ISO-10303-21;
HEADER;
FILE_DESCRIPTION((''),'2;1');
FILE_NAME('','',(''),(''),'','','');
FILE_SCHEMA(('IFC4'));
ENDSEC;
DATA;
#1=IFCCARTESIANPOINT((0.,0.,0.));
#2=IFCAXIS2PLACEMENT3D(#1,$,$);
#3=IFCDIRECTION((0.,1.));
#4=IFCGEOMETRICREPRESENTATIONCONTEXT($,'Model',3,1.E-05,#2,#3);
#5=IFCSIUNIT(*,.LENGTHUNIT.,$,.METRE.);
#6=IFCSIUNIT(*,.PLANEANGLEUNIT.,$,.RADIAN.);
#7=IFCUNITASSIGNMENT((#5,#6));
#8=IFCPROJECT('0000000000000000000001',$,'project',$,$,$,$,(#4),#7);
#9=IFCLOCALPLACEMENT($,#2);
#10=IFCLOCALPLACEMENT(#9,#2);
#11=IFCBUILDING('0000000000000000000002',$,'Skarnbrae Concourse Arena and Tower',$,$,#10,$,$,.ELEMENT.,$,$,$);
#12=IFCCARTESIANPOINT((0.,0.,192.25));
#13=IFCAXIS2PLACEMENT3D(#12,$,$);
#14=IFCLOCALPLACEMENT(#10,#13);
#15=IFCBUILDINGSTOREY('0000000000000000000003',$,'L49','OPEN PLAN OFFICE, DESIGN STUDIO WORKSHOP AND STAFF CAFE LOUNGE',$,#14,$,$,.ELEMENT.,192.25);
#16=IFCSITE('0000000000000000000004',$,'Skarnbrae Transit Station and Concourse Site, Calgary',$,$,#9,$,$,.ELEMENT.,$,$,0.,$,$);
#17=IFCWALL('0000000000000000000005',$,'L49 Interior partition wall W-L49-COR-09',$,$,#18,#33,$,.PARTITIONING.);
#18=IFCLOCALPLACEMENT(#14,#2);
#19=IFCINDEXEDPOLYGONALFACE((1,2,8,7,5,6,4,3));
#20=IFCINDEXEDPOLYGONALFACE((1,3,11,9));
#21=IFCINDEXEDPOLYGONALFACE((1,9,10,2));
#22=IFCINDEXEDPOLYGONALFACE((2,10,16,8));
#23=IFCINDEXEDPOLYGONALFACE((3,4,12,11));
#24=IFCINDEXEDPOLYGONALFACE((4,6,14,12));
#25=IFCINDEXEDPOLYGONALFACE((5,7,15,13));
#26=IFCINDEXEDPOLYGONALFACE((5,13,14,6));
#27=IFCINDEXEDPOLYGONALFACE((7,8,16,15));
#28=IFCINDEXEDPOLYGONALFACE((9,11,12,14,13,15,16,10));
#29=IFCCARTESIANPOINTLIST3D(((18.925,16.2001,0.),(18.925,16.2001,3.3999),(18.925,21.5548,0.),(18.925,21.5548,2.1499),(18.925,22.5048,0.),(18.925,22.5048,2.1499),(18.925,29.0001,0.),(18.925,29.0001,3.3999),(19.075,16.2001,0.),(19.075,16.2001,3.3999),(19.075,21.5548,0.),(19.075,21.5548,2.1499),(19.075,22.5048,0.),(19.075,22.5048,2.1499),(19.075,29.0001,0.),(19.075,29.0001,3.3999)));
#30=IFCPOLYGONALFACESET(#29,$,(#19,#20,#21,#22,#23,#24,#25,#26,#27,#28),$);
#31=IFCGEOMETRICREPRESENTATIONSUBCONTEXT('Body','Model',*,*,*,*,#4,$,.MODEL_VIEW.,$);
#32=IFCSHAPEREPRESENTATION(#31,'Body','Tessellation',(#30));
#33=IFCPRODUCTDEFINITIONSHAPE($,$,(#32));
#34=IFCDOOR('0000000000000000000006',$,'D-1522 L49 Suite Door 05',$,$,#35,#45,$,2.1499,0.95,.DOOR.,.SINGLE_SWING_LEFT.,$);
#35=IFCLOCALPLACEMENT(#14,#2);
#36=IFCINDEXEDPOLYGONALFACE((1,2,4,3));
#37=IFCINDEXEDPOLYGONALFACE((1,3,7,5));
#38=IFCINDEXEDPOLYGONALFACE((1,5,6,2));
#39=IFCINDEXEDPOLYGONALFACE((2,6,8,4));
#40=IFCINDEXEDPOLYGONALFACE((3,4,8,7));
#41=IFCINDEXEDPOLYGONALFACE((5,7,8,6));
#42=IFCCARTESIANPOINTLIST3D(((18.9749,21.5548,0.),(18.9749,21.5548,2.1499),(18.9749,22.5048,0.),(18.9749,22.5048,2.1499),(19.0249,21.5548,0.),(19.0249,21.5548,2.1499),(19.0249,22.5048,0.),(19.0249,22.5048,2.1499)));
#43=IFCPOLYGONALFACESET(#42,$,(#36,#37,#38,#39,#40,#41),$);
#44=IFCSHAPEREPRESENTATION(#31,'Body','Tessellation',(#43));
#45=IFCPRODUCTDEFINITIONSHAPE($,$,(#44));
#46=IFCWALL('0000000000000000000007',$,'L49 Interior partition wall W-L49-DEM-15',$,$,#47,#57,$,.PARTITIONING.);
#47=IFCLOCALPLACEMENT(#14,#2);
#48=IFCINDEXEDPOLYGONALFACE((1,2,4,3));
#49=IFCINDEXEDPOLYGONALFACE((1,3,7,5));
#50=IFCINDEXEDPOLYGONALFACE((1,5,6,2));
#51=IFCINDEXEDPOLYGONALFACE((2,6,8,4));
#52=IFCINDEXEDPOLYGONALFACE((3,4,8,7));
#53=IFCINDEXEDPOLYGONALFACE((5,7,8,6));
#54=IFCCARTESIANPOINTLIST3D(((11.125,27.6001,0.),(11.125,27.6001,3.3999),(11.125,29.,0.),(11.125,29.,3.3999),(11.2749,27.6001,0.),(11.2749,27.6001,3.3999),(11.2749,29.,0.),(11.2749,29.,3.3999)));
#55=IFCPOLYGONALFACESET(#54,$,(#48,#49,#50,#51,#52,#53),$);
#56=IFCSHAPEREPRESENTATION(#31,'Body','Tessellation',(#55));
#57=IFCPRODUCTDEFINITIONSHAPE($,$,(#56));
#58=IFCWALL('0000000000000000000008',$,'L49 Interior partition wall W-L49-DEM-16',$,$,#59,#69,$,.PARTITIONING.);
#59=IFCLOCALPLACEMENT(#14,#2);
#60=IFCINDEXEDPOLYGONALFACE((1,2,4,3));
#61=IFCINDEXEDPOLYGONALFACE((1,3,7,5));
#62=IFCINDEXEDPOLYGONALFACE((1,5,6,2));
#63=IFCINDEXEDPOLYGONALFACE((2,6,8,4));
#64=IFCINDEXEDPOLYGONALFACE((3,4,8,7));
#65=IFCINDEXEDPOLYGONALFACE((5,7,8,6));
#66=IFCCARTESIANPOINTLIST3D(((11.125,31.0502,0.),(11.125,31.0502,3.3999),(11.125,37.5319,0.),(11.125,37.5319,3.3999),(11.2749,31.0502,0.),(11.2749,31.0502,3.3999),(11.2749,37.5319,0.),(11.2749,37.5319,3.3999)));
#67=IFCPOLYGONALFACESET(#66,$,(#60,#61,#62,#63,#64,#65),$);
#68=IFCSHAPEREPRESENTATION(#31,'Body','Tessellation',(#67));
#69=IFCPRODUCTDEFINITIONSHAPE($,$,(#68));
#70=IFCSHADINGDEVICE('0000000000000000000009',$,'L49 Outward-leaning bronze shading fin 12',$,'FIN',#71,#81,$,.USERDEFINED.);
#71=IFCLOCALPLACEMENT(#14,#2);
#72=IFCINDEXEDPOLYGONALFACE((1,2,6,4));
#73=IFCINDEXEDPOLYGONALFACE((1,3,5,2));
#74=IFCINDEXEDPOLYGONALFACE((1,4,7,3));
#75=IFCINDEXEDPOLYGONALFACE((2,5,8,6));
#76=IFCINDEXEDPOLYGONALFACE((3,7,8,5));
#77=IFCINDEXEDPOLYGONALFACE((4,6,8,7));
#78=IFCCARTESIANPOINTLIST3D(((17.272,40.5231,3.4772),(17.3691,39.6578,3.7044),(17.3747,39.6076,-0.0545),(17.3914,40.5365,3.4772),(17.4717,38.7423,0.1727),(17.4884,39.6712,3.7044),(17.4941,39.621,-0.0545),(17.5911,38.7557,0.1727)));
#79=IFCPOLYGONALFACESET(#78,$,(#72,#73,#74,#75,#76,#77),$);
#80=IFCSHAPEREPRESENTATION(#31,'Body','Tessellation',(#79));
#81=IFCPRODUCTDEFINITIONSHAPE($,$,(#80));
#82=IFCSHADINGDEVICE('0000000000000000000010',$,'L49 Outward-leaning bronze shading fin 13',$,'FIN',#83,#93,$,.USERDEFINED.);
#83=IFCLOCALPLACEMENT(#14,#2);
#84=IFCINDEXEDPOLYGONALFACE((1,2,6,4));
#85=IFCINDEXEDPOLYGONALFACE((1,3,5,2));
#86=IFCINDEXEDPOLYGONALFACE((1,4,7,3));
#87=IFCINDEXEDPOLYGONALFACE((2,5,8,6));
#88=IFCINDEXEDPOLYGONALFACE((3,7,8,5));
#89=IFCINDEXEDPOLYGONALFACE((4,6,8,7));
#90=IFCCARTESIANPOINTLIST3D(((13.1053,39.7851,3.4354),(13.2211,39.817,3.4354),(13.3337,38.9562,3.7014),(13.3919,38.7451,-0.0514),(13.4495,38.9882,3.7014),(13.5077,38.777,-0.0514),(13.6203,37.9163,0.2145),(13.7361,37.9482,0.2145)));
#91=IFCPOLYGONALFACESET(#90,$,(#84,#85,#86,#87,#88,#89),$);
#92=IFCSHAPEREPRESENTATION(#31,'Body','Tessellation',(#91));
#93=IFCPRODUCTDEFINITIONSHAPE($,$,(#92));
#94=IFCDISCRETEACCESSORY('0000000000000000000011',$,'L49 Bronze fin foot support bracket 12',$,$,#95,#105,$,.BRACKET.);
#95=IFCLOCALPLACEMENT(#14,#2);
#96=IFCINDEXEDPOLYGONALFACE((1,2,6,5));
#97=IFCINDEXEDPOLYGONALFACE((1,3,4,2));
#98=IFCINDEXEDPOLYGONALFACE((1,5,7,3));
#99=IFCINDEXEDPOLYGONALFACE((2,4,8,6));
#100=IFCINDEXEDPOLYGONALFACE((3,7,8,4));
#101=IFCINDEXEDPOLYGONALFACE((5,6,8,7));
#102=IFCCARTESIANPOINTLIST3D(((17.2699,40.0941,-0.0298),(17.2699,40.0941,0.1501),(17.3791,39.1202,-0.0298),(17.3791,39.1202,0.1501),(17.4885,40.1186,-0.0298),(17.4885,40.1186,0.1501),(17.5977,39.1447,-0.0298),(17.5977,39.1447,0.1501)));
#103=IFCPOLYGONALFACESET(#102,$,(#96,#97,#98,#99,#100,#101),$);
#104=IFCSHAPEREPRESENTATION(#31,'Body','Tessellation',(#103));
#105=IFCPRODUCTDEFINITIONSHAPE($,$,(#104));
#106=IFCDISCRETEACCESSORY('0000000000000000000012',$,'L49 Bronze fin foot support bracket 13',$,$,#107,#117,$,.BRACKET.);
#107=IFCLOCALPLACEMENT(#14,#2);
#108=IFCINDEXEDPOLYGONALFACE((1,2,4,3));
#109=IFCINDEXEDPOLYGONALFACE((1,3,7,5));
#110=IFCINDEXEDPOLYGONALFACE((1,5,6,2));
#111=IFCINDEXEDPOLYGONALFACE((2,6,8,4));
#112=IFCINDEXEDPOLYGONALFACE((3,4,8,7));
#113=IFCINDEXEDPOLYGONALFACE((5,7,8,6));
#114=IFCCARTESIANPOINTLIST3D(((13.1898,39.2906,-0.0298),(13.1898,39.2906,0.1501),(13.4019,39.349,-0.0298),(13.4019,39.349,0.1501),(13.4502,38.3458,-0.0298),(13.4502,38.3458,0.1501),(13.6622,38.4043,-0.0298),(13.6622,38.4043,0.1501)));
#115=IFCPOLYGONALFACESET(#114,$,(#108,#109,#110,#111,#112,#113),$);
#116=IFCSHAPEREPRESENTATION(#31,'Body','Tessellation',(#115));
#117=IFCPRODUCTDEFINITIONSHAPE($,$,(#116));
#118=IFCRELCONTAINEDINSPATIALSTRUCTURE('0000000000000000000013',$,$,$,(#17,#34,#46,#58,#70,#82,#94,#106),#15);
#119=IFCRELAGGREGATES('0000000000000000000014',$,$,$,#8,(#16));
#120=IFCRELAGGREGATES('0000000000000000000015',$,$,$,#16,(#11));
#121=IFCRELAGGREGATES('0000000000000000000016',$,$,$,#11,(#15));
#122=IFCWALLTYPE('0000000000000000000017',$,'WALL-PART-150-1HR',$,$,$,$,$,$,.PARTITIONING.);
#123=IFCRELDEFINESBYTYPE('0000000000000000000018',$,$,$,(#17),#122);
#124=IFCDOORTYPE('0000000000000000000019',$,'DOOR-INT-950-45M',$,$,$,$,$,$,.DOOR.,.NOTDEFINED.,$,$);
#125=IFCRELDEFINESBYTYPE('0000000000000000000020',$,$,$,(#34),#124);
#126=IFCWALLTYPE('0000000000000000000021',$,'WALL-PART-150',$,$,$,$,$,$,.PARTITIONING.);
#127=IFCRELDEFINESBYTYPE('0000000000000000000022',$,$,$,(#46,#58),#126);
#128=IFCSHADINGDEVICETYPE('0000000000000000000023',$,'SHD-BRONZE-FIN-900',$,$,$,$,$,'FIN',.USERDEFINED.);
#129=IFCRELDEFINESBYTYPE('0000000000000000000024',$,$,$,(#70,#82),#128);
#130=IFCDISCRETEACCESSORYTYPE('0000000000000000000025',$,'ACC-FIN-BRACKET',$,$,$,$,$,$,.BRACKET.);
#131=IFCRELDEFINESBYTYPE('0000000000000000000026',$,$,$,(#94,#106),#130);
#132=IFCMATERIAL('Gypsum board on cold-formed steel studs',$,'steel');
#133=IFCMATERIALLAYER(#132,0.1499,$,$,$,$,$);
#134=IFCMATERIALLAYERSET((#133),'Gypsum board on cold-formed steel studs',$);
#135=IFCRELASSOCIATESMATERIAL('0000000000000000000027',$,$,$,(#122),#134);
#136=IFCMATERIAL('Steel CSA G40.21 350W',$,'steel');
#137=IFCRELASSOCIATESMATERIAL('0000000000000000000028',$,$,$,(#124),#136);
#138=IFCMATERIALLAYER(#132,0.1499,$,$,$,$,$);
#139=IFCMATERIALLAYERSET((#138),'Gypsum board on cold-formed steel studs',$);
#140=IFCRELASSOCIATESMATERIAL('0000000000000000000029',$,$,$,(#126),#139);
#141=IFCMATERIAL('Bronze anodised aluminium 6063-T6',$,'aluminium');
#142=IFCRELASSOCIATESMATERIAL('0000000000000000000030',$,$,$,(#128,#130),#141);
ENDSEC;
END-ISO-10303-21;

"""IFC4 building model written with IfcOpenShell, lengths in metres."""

from ifc_helpers import new_model, si_unit, direction, frame, frame_2d, origin, origin_2d, place, context, subcontext, project, spatial, rectangle, extrude, source, transform, mapped, material, layer, layer_set, type_object, element, fill, save


model = new_model("IFC4")

# Units and contexts
model_context = context("Model", 3, precision=1e-05, world=origin(), true_north=direction((0.0, 1.0)))
body_context = subcontext(model_context, "Body", "Model", "MODEL_VIEW")
ifc_project = project(units=[si_unit("LENGTHUNIT", "METRE"), si_unit("PLANEANGLEUNIT", "RADIAN")], contexts=[model_context])

# Site, building, storey
site_placement = place(None, origin())
site = spatial("IfcSite", under=ifc_project, at=site_placement, Name="Skarnbrae Transit Station and Concourse Site, Calgary", CompositionType="ELEMENT", RefElevation=0.0)
building_placement = place(site_placement, origin())
building = spatial("IfcBuilding", under=site, at=building_placement, Name="Skarnbrae Concourse Arena and Tower", CompositionType="ELEMENT")
storey_placement = place(building_placement, frame((0.0, 0.0, 192.25)))
storey = spatial("IfcBuildingStorey", under=building, at=storey_placement, Name="L49", Description="OPEN PLAN OFFICE, DESIGN STUDIO WORKSHOP AND STAFF CAFE LOUNGE", CompositionType="ELEMENT", Elevation=192.25)

# Shared definitions
ifc_material_1 = material(Name="Steel CSA G40.21 350W", Category="steel")

# Shared definitions
ifc_material_2 = material(Name="Bronze anodised aluminium 6063-T6", Category="aluminium")

# Shared definitions
ifc_material_3 = material(Name="Gypsum board on cold-formed steel studs", Category="steel")
ifc_layer_1 = layer(ifc_material_3, 0.1499)
ifc_layer_set_1 = layer_set([ifc_layer_1], Name="Gypsum board on cold-formed steel studs")
wall_type_1 = type_object("IfcWallType", Name="WALL-PART-150-1HR", PredefinedType="PARTITIONING", material=ifc_layer_set_1)

# Wall, opening, door
shared_shape_1 = source(origin(), body_context, "Body", "SweptSolid", [
    extrude(rectangle(XDim=12.8, YDim=0.1499, at=frame_2d((6.3999, 0.0))), origin(), (0.0, 0.0, 1.0), 3.3999),
])
wall_1_placement = place(storey_placement, frame((19.0, 29.0, 0.0), z_axis=(0.0, 0.0, 1.0), x_axis=(0.0, -1.0, 0.0)))
wall_1 = element("IfcWall", 1, at=wall_1_placement, inside=storey, type_object=wall_type_1, Name="L49 Interior partition wall W-L49-COR-09", PredefinedType="PARTITIONING", context=body_context, shape_type="MappedRepresentation", body=[
    mapped(shared_shape_1, transform((0.0, 0.0, 0.0))),
])
opening_placement = place(wall_1_placement, frame((6.4951, 0.0, 0.0)))
opening = element("IfcOpeningElement", 2, at=opening_placement, cuts=wall_1, PredefinedType="OPENING", context=body_context, shape_type="SweptSolid", body=[
    extrude(rectangle(XDim=0.95, YDim=2.1499, at=frame_2d((0.4751, 1.075))), frame((0.0, 0.085, 0.0), z_axis=(0.0, -1.0, 0.0), x_axis=(1.0, 0.0, 0.0)), (0.0, 0.0, 1.0), 0.1699),
])
door_type = type_object("IfcDoorType", Name="DOOR-INT-950-45M", OperationType="NOTDEFINED", PredefinedType="DOOR", material=ifc_material_1)
shared_shape_2 = source(origin(), body_context, "Body", "SweptSolid", [
    extrude(rectangle(XDim=0.95, YDim=2.1499, at=frame_2d((0.4751, 1.075))), frame((0.0, 0.0249, 0.0), z_axis=(0.0, -1.0, 0.0), x_axis=(1.0, 0.0, 0.0)), (0.0, 0.0, 1.0), 0.05),
])
door_placement = place(opening_placement, origin())
door = element("IfcDoor", 3, at=door_placement, inside=storey, type_object=door_type, Name="D-1522 L49 Suite Door 05", OperationType="SINGLE_SWING_LEFT", OverallHeight=2.1499, OverallWidth=0.95, PredefinedType="DOOR", context=body_context, shape_type="MappedRepresentation", body=[
    mapped(shared_shape_2, transform((0.0, 0.0, 0.0))),
])
fill(opening, door)

# Walls
ifc_layer_2 = layer(ifc_material_3, 0.1499)
ifc_layer_set_2 = layer_set([ifc_layer_2], Name="Gypsum board on cold-formed steel studs")
wall_type_2 = type_object("IfcWallType", Name="WALL-PART-150", PredefinedType="PARTITIONING", material=ifc_layer_set_2)
shared_shape_3 = source(origin(), body_context, "Body", "SweptSolid", [
    extrude(rectangle(XDim=1.3999, YDim=0.1499, at=frame_2d((0.7, 0.0))), origin(), (0.0, 0.0, 1.0), 3.3999),
])
wall_2_placement = place(storey_placement, frame((11.2, 29.0, 0.0), z_axis=(0.0, 0.0, 1.0), x_axis=(0.0, -1.0, 0.0)))
element("IfcWall", 4, at=wall_2_placement, inside=storey, type_object=wall_type_2, Name="L49 Interior partition wall W-L49-DEM-15", PredefinedType="PARTITIONING", context=body_context, shape_type="MappedRepresentation", body=[
    mapped(shared_shape_3, transform((0.0, 0.0, 0.0))),
])
shared_shape_4 = source(origin(), body_context, "Body", "SweptSolid", [
    extrude(rectangle(XDim=6.4817, YDim=0.1499, at=frame_2d((3.2407, 0.0))), origin(), (0.0, 0.0, 1.0), 3.3999),
])
wall_3_placement = place(storey_placement, frame((11.2, 37.5317, 0.0), z_axis=(0.0, 0.0, 1.0), x_axis=(0.0, -1.0, 0.0)))
element("IfcWall", 5, at=wall_3_placement, inside=storey, type_object=wall_type_2, Name="L49 Interior partition wall W-L49-DEM-16", PredefinedType="PARTITIONING", context=body_context, shape_type="MappedRepresentation", body=[
    mapped(shared_shape_4, transform((0.0, 0.0, 0.0))),
])

# Shading devices
shading_device_type = type_object("IfcShadingDeviceType", Name="SHD-BRONZE-FIN-900", ElementType="FIN", PredefinedType="USERDEFINED", material=ifc_material_2)
shared_shape_5 = source(origin(), body_context, "Body", "SweptSolid", [
    extrude(rectangle(XDim=0.1201, YDim=0.8999, at=origin_2d()), origin(), (0.0, 0.0, 1.0), 3.6499),
])
for number, where, z_axis, x_axis, name in (
    (6, (17.4829, 39.1816, 0.0591), (-0.028131, 0.250835, 0.967621), (0.99377, 0.111452, 0.0), "L49 Outward-leaning bronze shading fin 12"),
    (7, (13.564, 38.3467, 0.0815), (-0.078523, 0.284919, 0.95533), (0.964058, 0.265691, 0.0), "L49 Outward-leaning bronze shading fin 13"),
):
    element("IfcShadingDevice", number, at=place(storey_placement, frame(where, z_axis=z_axis, x_axis=x_axis)), inside=storey, type_object=shading_device_type, Name=name, ObjectType="FIN", PredefinedType="USERDEFINED", context=body_context, shape_type="MappedRepresentation", body=[
        mapped(shared_shape_5, transform((0.0, 0.0, 0.0))),
    ])

# Discrete accessories
discrete_accessory_type = type_object("IfcDiscreteAccessoryType", Name="ACC-FIN-BRACKET", PredefinedType="BRACKET", material=ifc_material_2)
shared_shape_6 = source(origin(), body_context, "Body", "SweptSolid", [
    extrude(rectangle(XDim=0.22, YDim=0.98, at=origin_2d()), origin(), (0.0, 0.0, 1.0), 0.1799),
])
for number, where, z_axis, x_axis, name in (
    (8, (17.4338, 39.6194, -0.0298), (0.0, 0.0, 1.0), (0.99377, 0.111452, 0.0), "L49 Bronze fin foot support bracket 12"),
    (9, (13.426, 38.8474, -0.0298), (0.0, 0.0, 1.0), (0.964058, 0.265691, 0.0), "L49 Bronze fin foot support bracket 13"),
):
    element("IfcDiscreteAccessory", number, at=place(storey_placement, frame(where, z_axis=z_axis, x_axis=x_axis)), inside=storey, type_object=discrete_accessory_type, Name=name, PredefinedType="BRACKET", context=body_context, shape_type="MappedRepresentation", body=[
        mapped(shared_shape_6, transform((0.0, 0.0, 0.0))),
    ])

save(model, "model.ifc")
